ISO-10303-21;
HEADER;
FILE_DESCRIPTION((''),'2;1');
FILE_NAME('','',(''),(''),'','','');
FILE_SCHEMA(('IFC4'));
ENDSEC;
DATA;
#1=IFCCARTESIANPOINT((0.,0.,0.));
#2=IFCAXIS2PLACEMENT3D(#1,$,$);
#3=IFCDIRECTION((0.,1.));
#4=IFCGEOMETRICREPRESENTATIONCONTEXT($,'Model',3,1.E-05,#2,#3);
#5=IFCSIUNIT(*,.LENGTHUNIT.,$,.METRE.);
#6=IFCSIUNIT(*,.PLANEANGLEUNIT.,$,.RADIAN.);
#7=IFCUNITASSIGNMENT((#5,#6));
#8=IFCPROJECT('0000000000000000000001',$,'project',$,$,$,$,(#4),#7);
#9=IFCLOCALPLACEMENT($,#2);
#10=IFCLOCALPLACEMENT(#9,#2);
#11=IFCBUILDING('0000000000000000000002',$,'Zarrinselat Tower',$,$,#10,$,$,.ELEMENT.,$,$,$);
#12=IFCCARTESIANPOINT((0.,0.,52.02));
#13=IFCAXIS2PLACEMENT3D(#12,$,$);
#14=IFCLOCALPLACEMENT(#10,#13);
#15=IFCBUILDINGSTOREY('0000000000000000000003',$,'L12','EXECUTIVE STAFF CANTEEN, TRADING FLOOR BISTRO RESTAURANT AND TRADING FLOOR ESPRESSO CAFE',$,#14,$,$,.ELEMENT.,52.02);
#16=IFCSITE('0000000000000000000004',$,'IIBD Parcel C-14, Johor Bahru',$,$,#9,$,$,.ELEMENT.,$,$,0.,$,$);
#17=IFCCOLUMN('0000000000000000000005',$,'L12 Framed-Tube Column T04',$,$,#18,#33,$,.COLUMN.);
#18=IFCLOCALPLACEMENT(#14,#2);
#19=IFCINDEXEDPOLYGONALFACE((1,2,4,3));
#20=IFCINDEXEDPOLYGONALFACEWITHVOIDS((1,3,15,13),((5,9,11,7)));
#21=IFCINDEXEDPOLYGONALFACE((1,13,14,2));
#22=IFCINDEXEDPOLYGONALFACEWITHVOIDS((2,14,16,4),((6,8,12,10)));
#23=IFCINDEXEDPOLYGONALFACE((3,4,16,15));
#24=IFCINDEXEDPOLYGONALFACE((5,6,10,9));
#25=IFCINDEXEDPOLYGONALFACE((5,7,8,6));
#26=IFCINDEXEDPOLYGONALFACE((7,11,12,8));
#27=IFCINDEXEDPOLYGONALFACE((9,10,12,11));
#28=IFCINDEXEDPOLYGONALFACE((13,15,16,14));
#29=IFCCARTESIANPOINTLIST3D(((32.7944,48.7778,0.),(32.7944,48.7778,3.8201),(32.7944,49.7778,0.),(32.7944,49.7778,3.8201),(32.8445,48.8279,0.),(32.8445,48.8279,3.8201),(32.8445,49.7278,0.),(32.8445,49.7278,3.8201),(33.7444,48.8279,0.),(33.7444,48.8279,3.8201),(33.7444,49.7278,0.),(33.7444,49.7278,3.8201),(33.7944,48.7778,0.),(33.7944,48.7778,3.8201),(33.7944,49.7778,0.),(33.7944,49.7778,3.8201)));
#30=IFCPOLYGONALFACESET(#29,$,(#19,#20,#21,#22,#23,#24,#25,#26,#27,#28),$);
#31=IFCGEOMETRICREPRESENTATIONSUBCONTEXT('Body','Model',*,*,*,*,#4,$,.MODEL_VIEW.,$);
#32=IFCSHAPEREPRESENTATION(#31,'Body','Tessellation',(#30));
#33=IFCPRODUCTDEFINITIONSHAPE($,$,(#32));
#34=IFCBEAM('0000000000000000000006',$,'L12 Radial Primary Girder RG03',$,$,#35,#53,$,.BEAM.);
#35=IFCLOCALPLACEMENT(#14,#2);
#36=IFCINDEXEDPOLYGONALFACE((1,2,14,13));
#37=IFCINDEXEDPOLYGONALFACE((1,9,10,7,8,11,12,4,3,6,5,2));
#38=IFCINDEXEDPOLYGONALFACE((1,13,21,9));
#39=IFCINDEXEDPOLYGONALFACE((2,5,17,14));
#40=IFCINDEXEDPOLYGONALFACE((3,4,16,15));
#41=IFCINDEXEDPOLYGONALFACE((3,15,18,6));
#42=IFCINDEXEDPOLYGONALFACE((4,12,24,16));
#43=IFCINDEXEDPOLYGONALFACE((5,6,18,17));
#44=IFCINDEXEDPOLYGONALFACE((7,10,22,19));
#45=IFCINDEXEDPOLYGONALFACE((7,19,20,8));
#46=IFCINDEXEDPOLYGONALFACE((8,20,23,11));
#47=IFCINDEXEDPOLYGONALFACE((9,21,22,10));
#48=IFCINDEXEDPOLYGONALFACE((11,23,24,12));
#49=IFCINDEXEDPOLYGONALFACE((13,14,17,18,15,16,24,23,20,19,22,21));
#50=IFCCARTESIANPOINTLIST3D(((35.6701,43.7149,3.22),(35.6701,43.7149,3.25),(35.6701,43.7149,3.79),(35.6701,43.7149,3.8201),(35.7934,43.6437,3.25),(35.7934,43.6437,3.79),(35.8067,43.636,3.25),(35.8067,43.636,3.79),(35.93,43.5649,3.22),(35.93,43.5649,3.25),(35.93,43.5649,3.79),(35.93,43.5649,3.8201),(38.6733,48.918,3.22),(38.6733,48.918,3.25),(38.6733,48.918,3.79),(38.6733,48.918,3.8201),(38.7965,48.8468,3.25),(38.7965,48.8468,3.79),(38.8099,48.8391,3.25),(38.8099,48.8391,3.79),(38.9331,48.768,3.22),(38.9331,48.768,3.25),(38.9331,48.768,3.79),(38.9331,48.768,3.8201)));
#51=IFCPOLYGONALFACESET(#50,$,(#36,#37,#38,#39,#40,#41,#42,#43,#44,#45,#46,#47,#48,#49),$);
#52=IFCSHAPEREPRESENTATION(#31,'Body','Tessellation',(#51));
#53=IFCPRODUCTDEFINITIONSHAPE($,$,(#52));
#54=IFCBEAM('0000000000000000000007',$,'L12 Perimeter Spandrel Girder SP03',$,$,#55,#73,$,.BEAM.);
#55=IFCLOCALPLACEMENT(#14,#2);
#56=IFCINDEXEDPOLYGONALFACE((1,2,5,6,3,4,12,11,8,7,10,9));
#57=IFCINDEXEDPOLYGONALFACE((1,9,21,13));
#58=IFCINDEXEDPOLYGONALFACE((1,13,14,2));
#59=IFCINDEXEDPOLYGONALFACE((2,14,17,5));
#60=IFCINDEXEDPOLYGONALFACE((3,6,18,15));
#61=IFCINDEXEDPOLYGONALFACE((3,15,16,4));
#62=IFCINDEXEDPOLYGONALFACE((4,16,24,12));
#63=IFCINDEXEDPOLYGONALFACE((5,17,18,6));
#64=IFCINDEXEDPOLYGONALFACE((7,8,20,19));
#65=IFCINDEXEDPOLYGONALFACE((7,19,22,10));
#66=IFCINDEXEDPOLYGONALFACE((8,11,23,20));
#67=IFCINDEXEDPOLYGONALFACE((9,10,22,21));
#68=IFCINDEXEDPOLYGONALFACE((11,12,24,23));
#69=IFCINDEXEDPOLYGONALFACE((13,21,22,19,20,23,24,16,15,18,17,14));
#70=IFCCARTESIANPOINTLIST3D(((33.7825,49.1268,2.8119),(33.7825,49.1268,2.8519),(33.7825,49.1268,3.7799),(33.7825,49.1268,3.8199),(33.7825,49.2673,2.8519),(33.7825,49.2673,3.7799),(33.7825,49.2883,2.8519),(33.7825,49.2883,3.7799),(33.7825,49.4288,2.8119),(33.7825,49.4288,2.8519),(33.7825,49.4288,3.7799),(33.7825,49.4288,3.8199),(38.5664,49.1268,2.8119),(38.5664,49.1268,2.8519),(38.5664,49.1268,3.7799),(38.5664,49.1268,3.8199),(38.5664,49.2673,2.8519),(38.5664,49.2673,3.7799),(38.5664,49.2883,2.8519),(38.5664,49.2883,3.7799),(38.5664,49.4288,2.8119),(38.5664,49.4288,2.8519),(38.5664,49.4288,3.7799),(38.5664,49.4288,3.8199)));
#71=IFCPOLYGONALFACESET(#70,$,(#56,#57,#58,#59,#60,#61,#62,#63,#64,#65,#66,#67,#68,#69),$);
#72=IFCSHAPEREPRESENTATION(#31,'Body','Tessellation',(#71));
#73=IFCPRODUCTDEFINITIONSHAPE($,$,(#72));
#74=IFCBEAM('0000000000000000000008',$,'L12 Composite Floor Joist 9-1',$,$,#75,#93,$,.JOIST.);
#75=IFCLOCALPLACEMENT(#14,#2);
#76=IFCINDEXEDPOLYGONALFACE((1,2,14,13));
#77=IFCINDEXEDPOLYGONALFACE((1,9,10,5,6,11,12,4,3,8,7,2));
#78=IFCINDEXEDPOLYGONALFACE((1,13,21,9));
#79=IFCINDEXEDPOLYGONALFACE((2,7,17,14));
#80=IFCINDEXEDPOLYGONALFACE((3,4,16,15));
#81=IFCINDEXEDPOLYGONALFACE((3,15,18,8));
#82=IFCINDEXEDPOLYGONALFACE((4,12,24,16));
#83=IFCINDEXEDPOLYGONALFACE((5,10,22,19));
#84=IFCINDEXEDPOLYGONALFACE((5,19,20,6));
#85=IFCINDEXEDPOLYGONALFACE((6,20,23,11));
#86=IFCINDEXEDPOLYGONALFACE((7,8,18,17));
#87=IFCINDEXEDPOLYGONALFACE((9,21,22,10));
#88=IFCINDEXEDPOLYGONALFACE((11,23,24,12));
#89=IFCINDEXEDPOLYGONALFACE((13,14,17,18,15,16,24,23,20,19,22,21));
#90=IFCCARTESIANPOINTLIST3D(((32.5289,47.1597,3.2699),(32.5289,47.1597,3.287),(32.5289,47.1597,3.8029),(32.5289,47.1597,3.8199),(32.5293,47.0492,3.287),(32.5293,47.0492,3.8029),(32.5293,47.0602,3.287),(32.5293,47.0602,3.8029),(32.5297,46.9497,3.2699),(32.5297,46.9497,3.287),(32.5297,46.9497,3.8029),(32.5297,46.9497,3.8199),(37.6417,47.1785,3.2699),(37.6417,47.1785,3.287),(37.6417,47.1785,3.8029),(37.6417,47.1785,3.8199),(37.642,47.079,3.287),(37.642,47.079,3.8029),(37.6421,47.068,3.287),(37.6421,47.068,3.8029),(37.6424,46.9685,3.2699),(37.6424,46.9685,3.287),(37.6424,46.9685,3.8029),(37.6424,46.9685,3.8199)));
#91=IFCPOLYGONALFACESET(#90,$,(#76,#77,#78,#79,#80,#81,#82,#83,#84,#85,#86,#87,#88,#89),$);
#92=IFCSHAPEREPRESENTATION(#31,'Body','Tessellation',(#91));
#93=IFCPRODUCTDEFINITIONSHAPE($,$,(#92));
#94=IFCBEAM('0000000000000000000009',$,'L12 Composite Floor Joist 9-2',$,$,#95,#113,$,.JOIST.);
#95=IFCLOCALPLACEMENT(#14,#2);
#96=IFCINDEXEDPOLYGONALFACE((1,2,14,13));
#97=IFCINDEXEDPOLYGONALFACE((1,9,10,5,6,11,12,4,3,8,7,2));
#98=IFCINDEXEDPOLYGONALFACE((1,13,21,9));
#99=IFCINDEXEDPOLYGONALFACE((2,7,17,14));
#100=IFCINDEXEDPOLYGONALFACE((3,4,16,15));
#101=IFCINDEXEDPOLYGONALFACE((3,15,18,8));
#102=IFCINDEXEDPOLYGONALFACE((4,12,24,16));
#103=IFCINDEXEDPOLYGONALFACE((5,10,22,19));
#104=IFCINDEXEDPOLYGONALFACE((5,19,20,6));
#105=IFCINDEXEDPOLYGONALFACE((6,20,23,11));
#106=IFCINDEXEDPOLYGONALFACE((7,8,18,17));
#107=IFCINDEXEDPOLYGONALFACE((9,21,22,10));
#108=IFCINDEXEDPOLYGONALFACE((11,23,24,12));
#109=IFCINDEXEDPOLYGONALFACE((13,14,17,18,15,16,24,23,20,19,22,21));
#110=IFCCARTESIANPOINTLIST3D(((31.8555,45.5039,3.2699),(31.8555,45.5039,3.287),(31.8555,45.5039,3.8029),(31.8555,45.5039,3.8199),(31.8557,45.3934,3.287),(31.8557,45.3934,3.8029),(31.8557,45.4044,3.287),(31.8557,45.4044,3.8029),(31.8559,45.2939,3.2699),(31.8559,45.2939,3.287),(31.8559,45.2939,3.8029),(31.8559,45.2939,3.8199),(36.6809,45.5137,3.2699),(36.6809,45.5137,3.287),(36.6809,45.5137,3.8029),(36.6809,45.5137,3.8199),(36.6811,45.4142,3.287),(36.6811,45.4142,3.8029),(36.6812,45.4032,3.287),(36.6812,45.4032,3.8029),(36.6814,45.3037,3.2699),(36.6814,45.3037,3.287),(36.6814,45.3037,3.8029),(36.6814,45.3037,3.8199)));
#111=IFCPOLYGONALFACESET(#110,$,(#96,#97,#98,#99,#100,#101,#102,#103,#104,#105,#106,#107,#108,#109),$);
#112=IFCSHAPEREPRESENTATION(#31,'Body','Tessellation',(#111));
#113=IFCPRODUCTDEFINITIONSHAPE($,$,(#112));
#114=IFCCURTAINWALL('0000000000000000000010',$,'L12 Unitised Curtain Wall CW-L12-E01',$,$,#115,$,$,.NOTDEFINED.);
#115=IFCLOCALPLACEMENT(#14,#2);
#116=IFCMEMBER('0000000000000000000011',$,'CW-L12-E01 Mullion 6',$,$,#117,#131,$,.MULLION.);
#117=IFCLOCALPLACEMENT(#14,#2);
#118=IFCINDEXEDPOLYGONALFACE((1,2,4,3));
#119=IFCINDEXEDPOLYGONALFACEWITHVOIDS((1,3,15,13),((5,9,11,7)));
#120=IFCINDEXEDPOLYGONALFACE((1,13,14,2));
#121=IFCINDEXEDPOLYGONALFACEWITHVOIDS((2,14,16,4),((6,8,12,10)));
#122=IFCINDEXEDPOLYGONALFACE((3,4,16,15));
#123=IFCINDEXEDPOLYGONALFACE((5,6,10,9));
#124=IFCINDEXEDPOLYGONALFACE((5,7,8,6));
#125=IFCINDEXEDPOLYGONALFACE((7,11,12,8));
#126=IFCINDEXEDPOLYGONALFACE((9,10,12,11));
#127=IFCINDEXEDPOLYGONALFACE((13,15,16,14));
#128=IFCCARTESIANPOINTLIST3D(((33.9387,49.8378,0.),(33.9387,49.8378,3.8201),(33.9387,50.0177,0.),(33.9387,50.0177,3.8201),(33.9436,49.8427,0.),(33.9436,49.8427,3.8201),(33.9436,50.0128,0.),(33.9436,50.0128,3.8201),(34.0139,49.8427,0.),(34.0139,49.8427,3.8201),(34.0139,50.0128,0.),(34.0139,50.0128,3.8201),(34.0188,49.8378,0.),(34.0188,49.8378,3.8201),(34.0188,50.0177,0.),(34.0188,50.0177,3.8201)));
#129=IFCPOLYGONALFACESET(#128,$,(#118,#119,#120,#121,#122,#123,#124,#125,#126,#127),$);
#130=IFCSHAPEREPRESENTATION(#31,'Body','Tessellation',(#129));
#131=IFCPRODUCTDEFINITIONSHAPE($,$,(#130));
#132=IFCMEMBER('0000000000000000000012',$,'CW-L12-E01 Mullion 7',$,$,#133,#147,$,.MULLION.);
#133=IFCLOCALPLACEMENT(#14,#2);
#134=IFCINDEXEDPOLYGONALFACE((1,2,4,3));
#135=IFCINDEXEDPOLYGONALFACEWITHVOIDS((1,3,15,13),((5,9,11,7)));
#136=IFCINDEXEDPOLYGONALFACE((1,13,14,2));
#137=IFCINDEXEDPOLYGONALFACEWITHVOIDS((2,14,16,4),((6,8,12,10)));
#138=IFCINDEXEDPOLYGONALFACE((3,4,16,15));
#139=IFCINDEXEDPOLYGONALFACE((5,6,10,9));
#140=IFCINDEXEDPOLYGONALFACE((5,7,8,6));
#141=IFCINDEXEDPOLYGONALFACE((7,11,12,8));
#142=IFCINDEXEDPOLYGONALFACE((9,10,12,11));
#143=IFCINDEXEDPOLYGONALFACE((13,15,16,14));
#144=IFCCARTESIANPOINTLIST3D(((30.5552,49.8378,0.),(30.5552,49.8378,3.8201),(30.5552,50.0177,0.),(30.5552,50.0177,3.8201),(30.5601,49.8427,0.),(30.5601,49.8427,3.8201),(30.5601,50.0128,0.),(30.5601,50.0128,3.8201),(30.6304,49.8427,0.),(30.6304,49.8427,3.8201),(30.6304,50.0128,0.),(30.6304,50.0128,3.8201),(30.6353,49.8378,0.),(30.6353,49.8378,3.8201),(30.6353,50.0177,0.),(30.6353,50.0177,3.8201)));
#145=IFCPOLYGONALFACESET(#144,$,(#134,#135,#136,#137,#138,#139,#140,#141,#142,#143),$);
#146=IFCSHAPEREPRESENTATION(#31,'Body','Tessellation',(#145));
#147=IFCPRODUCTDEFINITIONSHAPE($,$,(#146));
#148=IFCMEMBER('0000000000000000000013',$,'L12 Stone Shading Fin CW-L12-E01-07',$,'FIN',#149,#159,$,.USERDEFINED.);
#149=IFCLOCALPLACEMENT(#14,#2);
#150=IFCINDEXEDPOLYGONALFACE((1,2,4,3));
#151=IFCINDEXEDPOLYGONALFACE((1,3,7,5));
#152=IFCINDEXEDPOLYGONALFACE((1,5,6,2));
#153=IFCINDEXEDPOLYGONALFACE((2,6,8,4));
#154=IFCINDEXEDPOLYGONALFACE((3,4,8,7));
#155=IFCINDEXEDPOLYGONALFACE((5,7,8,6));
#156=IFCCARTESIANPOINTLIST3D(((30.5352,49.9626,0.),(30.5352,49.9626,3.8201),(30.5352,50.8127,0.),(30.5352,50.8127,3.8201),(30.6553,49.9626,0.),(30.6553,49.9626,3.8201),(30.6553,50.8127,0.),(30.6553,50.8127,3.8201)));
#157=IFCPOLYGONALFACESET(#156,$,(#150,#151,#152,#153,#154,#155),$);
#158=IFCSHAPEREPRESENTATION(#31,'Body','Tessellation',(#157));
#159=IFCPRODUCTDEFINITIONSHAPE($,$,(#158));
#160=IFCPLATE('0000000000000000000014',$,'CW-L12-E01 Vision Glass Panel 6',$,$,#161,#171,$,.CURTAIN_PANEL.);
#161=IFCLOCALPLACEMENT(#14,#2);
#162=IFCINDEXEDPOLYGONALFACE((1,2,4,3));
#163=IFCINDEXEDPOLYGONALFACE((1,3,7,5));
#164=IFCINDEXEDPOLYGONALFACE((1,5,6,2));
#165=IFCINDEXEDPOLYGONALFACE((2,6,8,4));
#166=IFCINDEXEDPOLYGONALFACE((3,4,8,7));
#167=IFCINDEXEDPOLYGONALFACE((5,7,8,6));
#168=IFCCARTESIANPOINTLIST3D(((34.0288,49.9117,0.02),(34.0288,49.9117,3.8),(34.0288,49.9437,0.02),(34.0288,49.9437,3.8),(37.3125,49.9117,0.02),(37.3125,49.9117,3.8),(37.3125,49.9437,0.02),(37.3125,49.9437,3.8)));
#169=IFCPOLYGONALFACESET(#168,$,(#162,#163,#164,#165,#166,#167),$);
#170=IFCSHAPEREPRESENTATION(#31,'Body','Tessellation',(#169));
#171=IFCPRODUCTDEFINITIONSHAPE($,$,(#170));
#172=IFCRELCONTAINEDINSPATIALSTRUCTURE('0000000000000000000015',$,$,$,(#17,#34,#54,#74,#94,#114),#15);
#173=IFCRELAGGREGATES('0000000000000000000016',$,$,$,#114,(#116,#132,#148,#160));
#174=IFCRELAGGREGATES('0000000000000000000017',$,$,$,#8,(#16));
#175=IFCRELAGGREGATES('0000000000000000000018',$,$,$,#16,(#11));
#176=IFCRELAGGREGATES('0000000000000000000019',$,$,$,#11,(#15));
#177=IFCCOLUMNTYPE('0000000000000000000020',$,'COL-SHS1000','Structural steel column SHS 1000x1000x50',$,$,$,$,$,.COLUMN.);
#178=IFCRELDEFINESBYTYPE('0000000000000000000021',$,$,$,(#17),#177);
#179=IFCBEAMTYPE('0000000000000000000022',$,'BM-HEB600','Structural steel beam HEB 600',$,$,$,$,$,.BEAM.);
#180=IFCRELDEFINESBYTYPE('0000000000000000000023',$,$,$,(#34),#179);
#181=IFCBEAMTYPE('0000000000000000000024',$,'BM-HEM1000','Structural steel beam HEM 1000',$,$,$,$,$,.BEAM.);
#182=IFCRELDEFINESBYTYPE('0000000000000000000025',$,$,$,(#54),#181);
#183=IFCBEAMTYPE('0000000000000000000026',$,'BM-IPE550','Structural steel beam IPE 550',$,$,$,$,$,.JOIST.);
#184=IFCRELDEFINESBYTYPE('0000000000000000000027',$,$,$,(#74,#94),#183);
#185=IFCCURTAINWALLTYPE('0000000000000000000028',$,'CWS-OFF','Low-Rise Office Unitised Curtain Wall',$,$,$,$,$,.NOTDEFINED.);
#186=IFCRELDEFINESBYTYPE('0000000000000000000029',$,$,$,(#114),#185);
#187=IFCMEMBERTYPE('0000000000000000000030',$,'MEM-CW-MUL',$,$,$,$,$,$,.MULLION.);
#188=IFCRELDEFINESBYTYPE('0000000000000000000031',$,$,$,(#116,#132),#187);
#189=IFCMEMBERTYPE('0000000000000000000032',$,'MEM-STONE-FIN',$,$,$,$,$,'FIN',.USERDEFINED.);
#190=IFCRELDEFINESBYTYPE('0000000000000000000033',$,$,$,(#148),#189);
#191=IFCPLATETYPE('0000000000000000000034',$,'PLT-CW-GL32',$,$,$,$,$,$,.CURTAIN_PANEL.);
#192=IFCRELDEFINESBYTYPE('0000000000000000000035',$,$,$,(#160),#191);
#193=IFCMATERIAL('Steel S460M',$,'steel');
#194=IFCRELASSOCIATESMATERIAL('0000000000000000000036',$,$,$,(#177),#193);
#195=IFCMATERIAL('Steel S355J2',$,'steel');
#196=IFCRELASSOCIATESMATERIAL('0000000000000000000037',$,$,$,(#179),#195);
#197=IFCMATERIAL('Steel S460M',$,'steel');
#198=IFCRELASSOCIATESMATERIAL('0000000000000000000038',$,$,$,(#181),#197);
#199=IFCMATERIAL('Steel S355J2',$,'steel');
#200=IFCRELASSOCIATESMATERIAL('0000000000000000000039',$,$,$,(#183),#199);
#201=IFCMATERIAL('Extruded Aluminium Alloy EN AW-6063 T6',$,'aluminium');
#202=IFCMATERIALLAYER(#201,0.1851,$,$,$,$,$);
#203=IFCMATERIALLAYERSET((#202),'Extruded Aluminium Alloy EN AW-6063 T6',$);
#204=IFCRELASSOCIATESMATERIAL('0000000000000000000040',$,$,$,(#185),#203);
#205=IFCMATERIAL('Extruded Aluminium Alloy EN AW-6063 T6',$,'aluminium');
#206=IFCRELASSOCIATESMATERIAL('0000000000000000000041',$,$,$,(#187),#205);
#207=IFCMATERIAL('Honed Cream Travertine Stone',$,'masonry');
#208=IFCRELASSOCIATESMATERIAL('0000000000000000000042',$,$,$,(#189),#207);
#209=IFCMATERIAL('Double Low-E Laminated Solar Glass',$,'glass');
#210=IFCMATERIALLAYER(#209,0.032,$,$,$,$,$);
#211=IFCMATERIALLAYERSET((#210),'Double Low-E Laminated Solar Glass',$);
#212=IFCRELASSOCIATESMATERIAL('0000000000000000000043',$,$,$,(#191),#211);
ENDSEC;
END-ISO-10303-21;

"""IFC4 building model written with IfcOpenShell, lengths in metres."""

from ifc_helpers import new_model, si_unit, direction, frame, origin, origin_2d, place, context, subcontext, project, spatial, rectangle, hollow_rectangle, i_section, extrude, material, layer, layer_set, material_profile, profile_set, type_object, element, aggregate, save


model = new_model("IFC4")

# Units and contexts
model_context = context("Model", 3, precision=1e-05, world=origin(), true_north=direction((0.0, 1.0)))
body_context = subcontext(model_context, "Body", "Model", "MODEL_VIEW")
ifc_project = project(units=[si_unit("LENGTHUNIT", "METRE"), si_unit("PLANEANGLEUNIT", "RADIAN")], contexts=[model_context])

# Site, building, storey
site_placement = place(None, origin())
site = spatial("IfcSite", under=ifc_project, at=site_placement, Name="IIBD Parcel C-14, Johor Bahru", CompositionType="ELEMENT", RefElevation=0.0)
building_placement = place(site_placement, origin())
building = spatial("IfcBuilding", under=site, at=building_placement, Name="Zarrinselat Tower", CompositionType="ELEMENT")
storey_placement = place(building_placement, frame((0.0, 0.0, 52.02)))
storey = spatial("IfcBuildingStorey", under=building, at=storey_placement, Name="L12", Description="EXECUTIVE STAFF CANTEEN, TRADING FLOOR BISTRO RESTAURANT AND TRADING FLOOR ESPRESSO CAFE", CompositionType="ELEMENT", Elevation=52.02)

# Column
ifc_material_1 = material(Name="Steel S460M", Category="steel")
ifc_material_profile_1 = material_profile(ifc_material_1, hollow_rectangle(XDim=1.0, YDim=1.0, WallThickness=0.05, at=origin_2d()), Name="SHS 1000x1000x50")
ifc_profile_set_1 = profile_set([ifc_material_profile_1], Name="Steel S460M")
column_type = type_object("IfcColumnType", Name="COL-SHS1000", Description="Structural steel column SHS 1000x1000x50", PredefinedType="COLUMN", material=ifc_profile_set_1)
column_placement = place(storey_placement, frame((33.2944, 49.2778, 0.0), z_axis=(0.0, 0.0, 1.0), x_axis=(1.0, 0.0, 0.0)))
element("IfcColumn", 1, at=column_placement, inside=storey, type_object=column_type, Name="L12 Framed-Tube Column T04", PredefinedType="COLUMN", context=body_context, shape_type="SweptSolid", body=[
    extrude(hollow_rectangle(XDim=1.0, YDim=1.0, WallThickness=0.05, at=origin_2d()), origin(), (0.0, 0.0, 1.0), 3.8201),
])

# Beams
ifc_material_2 = material(Name="Steel S355J2", Category="steel")
ifc_material_profile_2 = material_profile(ifc_material_2, i_section(OverallWidth=0.3, OverallDepth=0.6001, WebThickness=0.0154, FlangeThickness=0.03, at=origin_2d()), Name="HEB 600")
ifc_profile_set_2 = profile_set([ifc_material_profile_2], Name="Steel S355J2")
beam_type_1 = type_object("IfcBeamType", Name="BM-HEB600", Description="Structural steel beam HEB 600", PredefinedType="BEAM", material=ifc_profile_set_2)
beam_1_placement = place(storey_placement, frame((35.8, 43.6399, 3.52), z_axis=(0.499894, 0.866087, 0.0), x_axis=(-0.866087, 0.499894, 0.0)))
element("IfcBeam", 2, at=beam_1_placement, inside=storey, type_object=beam_type_1, Name="L12 Radial Primary Girder RG03", PredefinedType="BEAM", context=body_context, shape_type="SweptSolid", body=[
    extrude(i_section(OverallWidth=0.3, OverallDepth=0.6001, WebThickness=0.0154, FlangeThickness=0.03, at=origin_2d()), origin(), (0.0, 0.0, 1.0), 6.0076),
])
ifc_material_3 = material(Name="Steel S460M", Category="steel")
ifc_material_profile_3 = material_profile(ifc_material_3, i_section(OverallWidth=0.302, OverallDepth=1.0081, WebThickness=0.021, FlangeThickness=0.04, at=origin_2d()), Name="HEM 1000")
ifc_profile_set_3 = profile_set([ifc_material_profile_3], Name="Steel S460M")
beam_type_2 = type_object("IfcBeamType", Name="BM-HEM1000", Description="Structural steel beam HEM 1000", PredefinedType="BEAM", material=ifc_profile_set_3)
beam_2_placement = place(storey_placement, frame((33.7825, 49.2778, 3.3159), z_axis=(1.0, 0.0, 0.0), x_axis=(0.0, 1.0, 0.0)))
element("IfcBeam", 3, at=beam_2_placement, inside=storey, type_object=beam_type_2, Name="L12 Perimeter Spandrel Girder SP03", PredefinedType="BEAM", context=body_context, shape_type="SweptSolid", body=[
    extrude(i_section(OverallWidth=0.302, OverallDepth=1.0081, WebThickness=0.021, FlangeThickness=0.04, at=origin_2d()), origin(), (0.0, 0.0, 1.0), 4.7839),
])
ifc_material_4 = material(Name="Steel S355J2", Category="steel")
ifc_material_profile_4 = material_profile(ifc_material_4, i_section(OverallWidth=0.21, OverallDepth=0.55, WebThickness=0.011, FlangeThickness=0.0171, at=origin_2d()), Name="IPE 550")
ifc_profile_set_4 = profile_set([ifc_material_profile_4], Name="Steel S355J2")
beam_type_3 = type_object("IfcBeamType", Name="BM-IPE550", Description="Structural steel beam IPE 550", PredefinedType="JOIST", material=ifc_profile_set_4)
beam_3_placement = place(storey_placement, frame((32.5293, 47.0547, 3.5449), z_axis=(0.999993, 0.003677, 0.0), x_axis=(-0.003677, 0.999993, 0.0)))
element("IfcBeam", 4, at=beam_3_placement, inside=storey, type_object=beam_type_3, Name="L12 Composite Floor Joist 9-1", PredefinedType="JOIST", context=body_context, shape_type="SweptSolid", body=[
    extrude(i_section(OverallWidth=0.21, OverallDepth=0.55, WebThickness=0.011, FlangeThickness=0.0171, at=origin_2d()), origin(), (0.0, 0.0, 1.0), 5.1128),
])
beam_4_placement = place(storey_placement, frame((31.8557, 45.3989, 3.5449), z_axis=(0.999998, 0.002024, 0.0), x_axis=(-0.002024, 0.999998, 0.0)))
element("IfcBeam", 5, at=beam_4_placement, inside=storey, type_object=beam_type_3, Name="L12 Composite Floor Joist 9-2", PredefinedType="JOIST", context=body_context, shape_type="SweptSolid", body=[
    extrude(i_section(OverallWidth=0.21, OverallDepth=0.55, WebThickness=0.011, FlangeThickness=0.0171, at=origin_2d()), origin(), (0.0, 0.0, 1.0), 4.8254),
])

# Curtain wall, members, plate
ifc_material_5 = material(Name="Extruded Aluminium Alloy EN AW-6063 T6", Category="aluminium")
ifc_layer_1 = layer(ifc_material_5, 0.1851)
ifc_layer_set_1 = layer_set([ifc_layer_1], Name="Extruded Aluminium Alloy EN AW-6063 T6")
curtain_wall_type = type_object("IfcCurtainWallType", Name="CWS-OFF", Description="Low-Rise Office Unitised Curtain Wall", PredefinedType="NOTDEFINED", material=ifc_layer_set_1)
curtain_wall_placement = place(storey_placement, origin())
curtain_wall = element("IfcCurtainWall", 6, at=curtain_wall_placement, inside=storey, type_object=curtain_wall_type, Name="L12 Unitised Curtain Wall CW-L12-E01", PredefinedType="NOTDEFINED")
ifc_material_6 = material(Name="Extruded Aluminium Alloy EN AW-6063 T6", Category="aluminium")
ifc_material_profile_5 = material_profile(ifc_material_6, hollow_rectangle(XDim=0.0801, YDim=0.1799, WallThickness=0.0049, at=origin_2d()), Name="RHS 180x80x5")
ifc_profile_set_5 = profile_set([ifc_material_profile_5], Name="Extruded Aluminium Alloy EN AW-6063 T6")
member_type_1 = type_object("IfcMemberType", Name="MEM-CW-MUL", PredefinedType="MULLION", material=ifc_profile_set_5)
member_1_placement = place(storey_placement, frame((33.9788, 49.9277, 0.0), z_axis=(0.0, 0.0, 1.0), x_axis=(-1.0, 0.0, 0.0)))
member_1 = element("IfcMember", 7, at=member_1_placement, type_object=member_type_1, Name="CW-L12-E01 Mullion 6", PredefinedType="MULLION", context=body_context, shape_type="SweptSolid", body=[
    extrude(hollow_rectangle(XDim=0.0801, YDim=0.1799, WallThickness=0.0049, at=origin_2d()), origin(), (0.0, 0.0, 1.0), 3.8201),
])
member_2_placement = place(storey_placement, frame((30.5952, 49.9277, 0.0), z_axis=(0.0, 0.0, 1.0), x_axis=(-1.0, 0.0, 0.0)))
member_2 = element("IfcMember", 8, at=member_2_placement, type_object=member_type_1, Name="CW-L12-E01 Mullion 7", PredefinedType="MULLION", context=body_context, shape_type="SweptSolid", body=[
    extrude(hollow_rectangle(XDim=0.0801, YDim=0.1799, WallThickness=0.0049, at=origin_2d()), origin(), (0.0, 0.0, 1.0), 3.8201),
])
ifc_material_7 = material(Name="Honed Cream Travertine Stone", Category="masonry")
ifc_material_profile_6 = material_profile(ifc_material_7, rectangle(XDim=0.1201, YDim=0.8501, at=origin_2d()), Name="FIN 850x120")
ifc_profile_set_6 = profile_set([ifc_material_profile_6], Name="Honed Cream Travertine Stone")
member_type_2 = type_object("IfcMemberType", Name="MEM-STONE-FIN", ElementType="FIN", PredefinedType="USERDEFINED", material=ifc_profile_set_6)
member_3_placement = place(storey_placement, frame((30.5952, 50.3877, 0.0), z_axis=(0.0, 0.0, 1.0), x_axis=(1.0, 0.0, 0.0)))
member_3 = element("IfcMember", 9, at=member_3_placement, type_object=member_type_2, Name="L12 Stone Shading Fin CW-L12-E01-07", ObjectType="FIN", PredefinedType="USERDEFINED", context=body_context, shape_type="SweptSolid", body=[
    extrude(rectangle(XDim=0.1201, YDim=0.8501, at=origin_2d()), origin(), (0.0, 0.0, 1.0), 3.8201),
])
ifc_material_8 = material(Name="Double Low-E Laminated Solar Glass", Category="glass")
ifc_layer_2 = layer(ifc_material_8, 0.032)
ifc_layer_set_2 = layer_set([ifc_layer_2], Name="Double Low-E Laminated Solar Glass")
plate_type = type_object("IfcPlateType", Name="PLT-CW-GL32", PredefinedType="CURTAIN_PANEL", material=ifc_layer_set_2)
plate_1_placement = place(storey_placement, frame((35.6707, 49.9277, 0.02), z_axis=(0.0, 0.0, 1.0), x_axis=(-1.0, 0.0, 0.0)))
plate_1 = element("IfcPlate", 10, at=plate_1_placement, type_object=plate_type, Name="CW-L12-E01 Vision Glass Panel 6", PredefinedType="CURTAIN_PANEL", context=body_context, shape_type="SweptSolid", body=[
    extrude(rectangle(XDim=3.2837, YDim=0.032, at=origin_2d()), origin(), (0.0, 0.0, 1.0), 3.78),
])
aggregate(curtain_wall, [member_1, member_2, member_3, plate_1])

save(model, "model.ifc")
